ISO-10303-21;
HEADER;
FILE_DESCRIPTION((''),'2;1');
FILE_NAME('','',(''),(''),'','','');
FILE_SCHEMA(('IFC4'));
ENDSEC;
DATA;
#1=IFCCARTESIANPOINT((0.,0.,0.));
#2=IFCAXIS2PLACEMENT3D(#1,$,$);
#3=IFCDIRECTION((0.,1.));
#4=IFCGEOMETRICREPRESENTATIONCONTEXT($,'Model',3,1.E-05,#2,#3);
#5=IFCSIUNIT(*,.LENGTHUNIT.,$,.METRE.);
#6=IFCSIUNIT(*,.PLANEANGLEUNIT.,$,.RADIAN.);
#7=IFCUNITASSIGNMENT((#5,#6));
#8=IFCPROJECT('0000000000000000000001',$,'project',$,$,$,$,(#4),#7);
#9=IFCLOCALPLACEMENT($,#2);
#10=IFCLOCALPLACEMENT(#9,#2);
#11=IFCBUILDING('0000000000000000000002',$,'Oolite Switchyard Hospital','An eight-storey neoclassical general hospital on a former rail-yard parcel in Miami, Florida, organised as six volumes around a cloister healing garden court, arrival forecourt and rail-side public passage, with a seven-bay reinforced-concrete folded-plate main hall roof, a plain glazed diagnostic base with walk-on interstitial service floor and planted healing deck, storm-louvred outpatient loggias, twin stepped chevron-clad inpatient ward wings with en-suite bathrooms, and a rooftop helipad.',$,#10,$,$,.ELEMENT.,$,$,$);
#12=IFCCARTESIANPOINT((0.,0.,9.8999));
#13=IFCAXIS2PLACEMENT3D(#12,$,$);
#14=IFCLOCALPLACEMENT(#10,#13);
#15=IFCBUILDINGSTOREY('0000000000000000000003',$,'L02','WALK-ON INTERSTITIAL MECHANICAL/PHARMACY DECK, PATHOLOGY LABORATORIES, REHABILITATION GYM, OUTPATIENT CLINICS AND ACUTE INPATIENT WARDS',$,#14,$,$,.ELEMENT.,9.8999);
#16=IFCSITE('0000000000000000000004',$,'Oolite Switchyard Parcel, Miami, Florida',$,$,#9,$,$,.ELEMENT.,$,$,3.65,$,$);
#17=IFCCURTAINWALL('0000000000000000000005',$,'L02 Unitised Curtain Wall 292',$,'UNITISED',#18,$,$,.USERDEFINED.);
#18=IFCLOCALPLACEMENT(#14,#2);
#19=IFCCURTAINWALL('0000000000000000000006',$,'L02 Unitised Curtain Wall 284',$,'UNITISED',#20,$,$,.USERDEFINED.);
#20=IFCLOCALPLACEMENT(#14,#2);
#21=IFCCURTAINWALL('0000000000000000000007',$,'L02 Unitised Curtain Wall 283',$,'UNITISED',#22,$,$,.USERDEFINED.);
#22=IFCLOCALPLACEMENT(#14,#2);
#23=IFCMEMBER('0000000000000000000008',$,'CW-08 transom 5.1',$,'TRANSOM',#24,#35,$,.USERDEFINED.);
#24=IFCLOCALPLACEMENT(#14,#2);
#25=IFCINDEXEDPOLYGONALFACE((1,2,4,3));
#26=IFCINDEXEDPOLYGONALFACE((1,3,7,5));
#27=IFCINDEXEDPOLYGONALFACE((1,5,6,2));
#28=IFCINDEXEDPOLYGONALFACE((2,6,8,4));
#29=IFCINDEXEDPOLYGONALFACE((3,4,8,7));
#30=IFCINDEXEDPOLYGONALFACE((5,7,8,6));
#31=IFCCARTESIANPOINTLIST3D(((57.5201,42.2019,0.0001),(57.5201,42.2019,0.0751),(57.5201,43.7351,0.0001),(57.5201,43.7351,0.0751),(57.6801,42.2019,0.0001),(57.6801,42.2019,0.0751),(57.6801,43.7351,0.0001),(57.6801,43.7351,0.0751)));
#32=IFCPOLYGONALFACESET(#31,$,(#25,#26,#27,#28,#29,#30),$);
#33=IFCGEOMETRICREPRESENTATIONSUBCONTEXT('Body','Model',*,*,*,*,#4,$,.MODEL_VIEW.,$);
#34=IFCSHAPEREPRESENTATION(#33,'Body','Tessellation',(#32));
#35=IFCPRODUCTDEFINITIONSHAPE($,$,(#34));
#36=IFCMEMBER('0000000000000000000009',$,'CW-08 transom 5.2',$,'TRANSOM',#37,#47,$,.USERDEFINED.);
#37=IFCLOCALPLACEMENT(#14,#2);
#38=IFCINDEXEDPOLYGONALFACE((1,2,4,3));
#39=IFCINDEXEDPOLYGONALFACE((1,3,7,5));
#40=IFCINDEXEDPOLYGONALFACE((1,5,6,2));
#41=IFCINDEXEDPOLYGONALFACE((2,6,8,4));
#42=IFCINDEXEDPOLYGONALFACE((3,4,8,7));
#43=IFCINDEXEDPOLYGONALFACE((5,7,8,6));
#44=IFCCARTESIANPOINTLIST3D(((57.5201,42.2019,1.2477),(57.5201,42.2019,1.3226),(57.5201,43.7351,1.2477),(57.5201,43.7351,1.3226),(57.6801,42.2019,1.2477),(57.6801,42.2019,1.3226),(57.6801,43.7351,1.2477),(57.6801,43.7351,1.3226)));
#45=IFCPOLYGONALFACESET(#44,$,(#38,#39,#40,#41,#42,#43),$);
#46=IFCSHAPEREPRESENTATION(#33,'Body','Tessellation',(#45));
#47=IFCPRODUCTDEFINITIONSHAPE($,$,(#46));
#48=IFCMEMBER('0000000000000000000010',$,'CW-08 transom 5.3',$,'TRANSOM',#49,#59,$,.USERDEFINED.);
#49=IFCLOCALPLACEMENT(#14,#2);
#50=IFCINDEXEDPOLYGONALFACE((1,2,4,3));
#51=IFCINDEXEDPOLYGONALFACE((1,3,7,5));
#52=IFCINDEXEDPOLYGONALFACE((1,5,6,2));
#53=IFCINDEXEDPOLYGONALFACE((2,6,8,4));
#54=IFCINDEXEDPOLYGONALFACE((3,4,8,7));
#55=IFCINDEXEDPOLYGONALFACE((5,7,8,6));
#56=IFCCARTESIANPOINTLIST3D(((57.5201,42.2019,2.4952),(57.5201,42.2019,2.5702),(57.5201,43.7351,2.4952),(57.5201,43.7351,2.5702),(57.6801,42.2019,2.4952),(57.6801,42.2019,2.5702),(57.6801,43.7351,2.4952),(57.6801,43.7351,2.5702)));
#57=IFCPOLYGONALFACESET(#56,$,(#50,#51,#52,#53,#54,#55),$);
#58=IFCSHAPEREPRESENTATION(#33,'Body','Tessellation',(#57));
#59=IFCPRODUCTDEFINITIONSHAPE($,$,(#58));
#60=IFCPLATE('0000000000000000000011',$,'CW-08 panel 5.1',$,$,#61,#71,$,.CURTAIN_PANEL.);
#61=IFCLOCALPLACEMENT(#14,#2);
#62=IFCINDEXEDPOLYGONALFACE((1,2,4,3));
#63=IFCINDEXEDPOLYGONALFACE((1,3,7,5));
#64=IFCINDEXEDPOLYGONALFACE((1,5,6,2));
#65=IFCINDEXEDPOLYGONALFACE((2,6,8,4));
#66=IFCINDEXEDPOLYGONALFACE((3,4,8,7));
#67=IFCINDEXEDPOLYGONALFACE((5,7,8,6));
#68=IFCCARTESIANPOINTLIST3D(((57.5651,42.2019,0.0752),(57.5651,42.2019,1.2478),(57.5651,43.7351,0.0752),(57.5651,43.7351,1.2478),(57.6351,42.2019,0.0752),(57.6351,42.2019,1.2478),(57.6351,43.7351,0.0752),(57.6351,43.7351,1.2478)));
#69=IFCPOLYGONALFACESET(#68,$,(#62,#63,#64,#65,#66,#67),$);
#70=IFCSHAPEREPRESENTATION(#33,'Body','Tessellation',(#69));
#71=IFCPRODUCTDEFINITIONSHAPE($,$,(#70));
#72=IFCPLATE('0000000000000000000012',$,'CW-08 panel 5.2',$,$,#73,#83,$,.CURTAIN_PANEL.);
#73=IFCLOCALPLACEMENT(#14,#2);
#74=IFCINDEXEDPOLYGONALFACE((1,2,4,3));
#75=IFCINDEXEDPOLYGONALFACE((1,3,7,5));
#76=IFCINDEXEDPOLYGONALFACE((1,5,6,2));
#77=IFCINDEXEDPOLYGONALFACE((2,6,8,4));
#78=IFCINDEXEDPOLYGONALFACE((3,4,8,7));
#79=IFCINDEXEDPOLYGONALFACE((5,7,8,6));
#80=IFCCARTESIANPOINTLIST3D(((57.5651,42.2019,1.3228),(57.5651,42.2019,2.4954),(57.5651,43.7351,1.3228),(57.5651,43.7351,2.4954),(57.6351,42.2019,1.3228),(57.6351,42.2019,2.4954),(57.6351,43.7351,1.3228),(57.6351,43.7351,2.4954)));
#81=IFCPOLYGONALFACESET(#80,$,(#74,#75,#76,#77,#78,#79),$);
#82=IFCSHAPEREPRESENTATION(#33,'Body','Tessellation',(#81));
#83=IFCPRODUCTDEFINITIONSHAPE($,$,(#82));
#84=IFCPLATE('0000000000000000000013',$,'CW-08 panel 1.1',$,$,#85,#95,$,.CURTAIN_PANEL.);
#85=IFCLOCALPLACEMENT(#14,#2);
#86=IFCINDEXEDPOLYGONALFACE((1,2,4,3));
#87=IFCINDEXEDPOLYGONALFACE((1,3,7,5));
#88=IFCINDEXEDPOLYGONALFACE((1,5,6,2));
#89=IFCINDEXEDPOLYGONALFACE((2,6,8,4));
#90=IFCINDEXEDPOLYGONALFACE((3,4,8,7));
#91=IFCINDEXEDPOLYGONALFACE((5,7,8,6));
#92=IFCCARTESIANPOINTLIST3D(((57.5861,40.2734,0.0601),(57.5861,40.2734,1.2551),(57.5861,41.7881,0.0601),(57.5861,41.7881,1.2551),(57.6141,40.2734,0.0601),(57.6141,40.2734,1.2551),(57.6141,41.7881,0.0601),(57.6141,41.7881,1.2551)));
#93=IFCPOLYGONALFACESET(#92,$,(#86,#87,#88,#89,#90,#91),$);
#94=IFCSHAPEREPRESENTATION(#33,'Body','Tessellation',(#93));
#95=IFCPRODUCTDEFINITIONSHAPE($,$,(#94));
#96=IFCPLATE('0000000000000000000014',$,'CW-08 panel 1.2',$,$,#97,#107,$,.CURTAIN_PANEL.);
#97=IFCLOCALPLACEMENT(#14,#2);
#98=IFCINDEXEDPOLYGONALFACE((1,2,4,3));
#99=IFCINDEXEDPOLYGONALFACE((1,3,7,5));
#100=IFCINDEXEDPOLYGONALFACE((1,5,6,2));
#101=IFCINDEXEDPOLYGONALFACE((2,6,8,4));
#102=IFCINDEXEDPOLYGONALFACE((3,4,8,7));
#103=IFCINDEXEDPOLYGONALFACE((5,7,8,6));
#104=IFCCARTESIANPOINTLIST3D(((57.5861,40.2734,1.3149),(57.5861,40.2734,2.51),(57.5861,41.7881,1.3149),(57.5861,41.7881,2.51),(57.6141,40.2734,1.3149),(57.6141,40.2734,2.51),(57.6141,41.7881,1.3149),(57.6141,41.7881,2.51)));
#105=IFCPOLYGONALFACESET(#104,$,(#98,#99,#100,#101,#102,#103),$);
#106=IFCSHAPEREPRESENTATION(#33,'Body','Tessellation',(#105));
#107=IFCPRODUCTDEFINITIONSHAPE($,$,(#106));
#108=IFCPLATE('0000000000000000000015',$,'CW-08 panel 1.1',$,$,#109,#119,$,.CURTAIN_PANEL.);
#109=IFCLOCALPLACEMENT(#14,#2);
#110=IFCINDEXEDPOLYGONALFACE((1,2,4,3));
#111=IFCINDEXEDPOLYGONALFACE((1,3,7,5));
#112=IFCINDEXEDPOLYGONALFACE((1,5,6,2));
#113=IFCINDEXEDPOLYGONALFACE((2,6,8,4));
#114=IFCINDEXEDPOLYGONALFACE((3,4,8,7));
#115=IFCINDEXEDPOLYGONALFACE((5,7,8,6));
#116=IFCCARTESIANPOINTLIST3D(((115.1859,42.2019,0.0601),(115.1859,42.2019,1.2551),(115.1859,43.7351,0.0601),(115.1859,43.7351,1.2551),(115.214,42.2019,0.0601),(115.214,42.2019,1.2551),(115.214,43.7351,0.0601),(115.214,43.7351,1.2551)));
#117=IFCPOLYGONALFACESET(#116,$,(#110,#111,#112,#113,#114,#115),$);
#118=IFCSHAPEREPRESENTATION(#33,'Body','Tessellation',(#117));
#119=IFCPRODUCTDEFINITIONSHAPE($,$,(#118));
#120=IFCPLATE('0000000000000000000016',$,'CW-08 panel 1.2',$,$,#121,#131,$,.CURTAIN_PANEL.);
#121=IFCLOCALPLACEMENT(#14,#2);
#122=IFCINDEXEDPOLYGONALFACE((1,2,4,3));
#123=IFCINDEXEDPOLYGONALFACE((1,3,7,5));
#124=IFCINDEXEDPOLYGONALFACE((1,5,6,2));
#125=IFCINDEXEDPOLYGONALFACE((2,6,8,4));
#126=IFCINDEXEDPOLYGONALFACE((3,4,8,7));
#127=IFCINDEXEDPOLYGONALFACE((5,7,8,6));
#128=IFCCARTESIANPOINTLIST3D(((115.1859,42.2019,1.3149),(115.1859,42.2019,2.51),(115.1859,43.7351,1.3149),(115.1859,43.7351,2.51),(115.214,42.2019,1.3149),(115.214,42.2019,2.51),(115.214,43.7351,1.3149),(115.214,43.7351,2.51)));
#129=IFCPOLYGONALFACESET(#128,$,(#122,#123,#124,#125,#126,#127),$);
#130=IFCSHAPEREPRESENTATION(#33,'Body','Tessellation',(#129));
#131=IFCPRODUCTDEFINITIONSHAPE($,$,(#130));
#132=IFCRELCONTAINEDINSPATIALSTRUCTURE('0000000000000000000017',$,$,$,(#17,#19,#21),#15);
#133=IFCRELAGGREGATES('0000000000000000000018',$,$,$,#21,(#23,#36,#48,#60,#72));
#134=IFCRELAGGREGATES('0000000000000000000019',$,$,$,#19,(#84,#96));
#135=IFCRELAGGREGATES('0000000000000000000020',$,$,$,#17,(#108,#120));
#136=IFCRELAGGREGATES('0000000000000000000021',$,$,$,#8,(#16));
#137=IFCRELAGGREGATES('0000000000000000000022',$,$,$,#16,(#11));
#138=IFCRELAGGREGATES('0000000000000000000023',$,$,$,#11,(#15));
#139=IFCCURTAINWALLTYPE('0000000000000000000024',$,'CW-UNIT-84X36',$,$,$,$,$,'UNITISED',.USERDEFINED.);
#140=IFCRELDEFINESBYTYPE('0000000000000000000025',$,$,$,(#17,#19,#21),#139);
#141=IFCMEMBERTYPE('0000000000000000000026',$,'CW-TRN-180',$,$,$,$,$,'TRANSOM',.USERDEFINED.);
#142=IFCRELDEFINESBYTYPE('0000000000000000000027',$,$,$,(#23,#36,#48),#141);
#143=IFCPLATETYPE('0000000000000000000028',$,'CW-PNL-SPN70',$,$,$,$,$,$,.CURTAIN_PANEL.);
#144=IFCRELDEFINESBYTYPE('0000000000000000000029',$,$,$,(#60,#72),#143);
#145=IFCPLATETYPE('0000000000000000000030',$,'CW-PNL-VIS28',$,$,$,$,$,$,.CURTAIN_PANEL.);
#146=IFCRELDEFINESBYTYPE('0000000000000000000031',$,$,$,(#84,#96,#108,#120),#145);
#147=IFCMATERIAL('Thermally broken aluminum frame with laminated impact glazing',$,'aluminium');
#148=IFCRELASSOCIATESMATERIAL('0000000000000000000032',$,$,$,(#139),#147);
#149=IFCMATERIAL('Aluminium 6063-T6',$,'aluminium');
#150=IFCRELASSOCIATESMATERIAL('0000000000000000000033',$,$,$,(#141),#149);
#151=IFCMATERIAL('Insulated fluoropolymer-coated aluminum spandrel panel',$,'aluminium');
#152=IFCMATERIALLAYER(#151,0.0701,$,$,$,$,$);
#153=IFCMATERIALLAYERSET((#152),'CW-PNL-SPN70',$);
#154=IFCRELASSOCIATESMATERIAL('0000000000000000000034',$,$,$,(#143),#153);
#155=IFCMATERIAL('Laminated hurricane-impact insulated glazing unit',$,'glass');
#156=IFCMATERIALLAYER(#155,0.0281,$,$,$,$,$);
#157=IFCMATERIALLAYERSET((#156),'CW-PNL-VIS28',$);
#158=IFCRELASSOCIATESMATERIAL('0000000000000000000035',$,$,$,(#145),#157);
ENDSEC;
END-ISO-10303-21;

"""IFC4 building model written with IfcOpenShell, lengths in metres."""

from ifc_helpers import new_model, si_unit, direction, frame, origin, origin_2d, place, context, subcontext, project, spatial, rectangle, extrude, material, layer, layer_set, material_profile, profile_set, type_object, element, aggregate, save


model = new_model("IFC4")

# Units and contexts
model_context = context("Model", 3, precision=1e-05, world=origin(), true_north=direction((0.0, 1.0)))
body_context = subcontext(model_context, "Body", "Model", "MODEL_VIEW")
ifc_project = project(units=[si_unit("LENGTHUNIT", "METRE"), si_unit("PLANEANGLEUNIT", "RADIAN")], contexts=[model_context])

# Site, building, storey
site_placement = place(None, origin())
site = spatial("IfcSite", under=ifc_project, at=site_placement, Name="Oolite Switchyard Parcel, Miami, Florida", CompositionType="ELEMENT", RefElevation=3.65)
building_placement = place(site_placement, origin())
building = spatial("IfcBuilding", under=site, at=building_placement, Name="Oolite Switchyard Hospital", Description="An eight-storey neoclassical general hospital on a former rail-yard parcel in Miami, Florida, organised as six volumes around a cloister healing garden court, arrival forecourt and rail-side public passage, with a seven-bay reinforced-concrete folded-plate main hall roof, a plain glazed diagnostic base with walk-on interstitial service floor and planted healing deck, storm-louvred outpatient loggias, twin stepped chevron-clad inpatient ward wings with en-suite bathrooms, and a rooftop helipad.", CompositionType="ELEMENT")
storey_placement = place(building_placement, frame((0.0, 0.0, 9.8999)))
storey = spatial("IfcBuildingStorey", under=building, at=storey_placement, Name="L02", Description="WALK-ON INTERSTITIAL MECHANICAL/PHARMACY DECK, PATHOLOGY LABORATORIES, REHABILITATION GYM, OUTPATIENT CLINICS AND ACUTE INPATIENT WARDS", CompositionType="ELEMENT", Elevation=9.8999)

# Curtain walls
ifc_material_1 = material(Name="Thermally broken aluminum frame with laminated impact glazing", Category="aluminium")
curtain_wall_type = type_object("IfcCurtainWallType", Name="CW-UNIT-84X36", ElementType="UNITISED", PredefinedType="USERDEFINED", material=ifc_material_1)
curtain_wall_1_placement = place(storey_placement, origin())
curtain_wall_1 = element("IfcCurtainWall", 1, at=curtain_wall_1_placement, inside=storey, type_object=curtain_wall_type, Name="L02 Unitised Curtain Wall 292", ObjectType="UNITISED", PredefinedType="USERDEFINED")
ifc_material_2 = material(Name="Aluminium 6063-T6", Category="aluminium")
curtain_wall_2_placement = place(storey_placement, origin())
curtain_wall_2 = element("IfcCurtainWall", 2, at=curtain_wall_2_placement, inside=storey, type_object=curtain_wall_type, Name="L02 Unitised Curtain Wall 284", ObjectType="UNITISED", PredefinedType="USERDEFINED")

# Curtain wall, members, plates
curtain_wall_3_placement = place(storey_placement, origin())
curtain_wall_3 = element("IfcCurtainWall", 3, at=curtain_wall_3_placement, inside=storey, type_object=curtain_wall_type, Name="L02 Unitised Curtain Wall 283", ObjectType="UNITISED", PredefinedType="USERDEFINED")
ifc_material_profile_1 = material_profile(ifc_material_2, rectangle(XDim=0.1599, YDim=0.075, at=origin_2d()), Name="CWT75X160")
ifc_profile_set_1 = profile_set([ifc_material_profile_1], Name="Aluminium 6063-T6")
member_type_1 = type_object("IfcMemberType", Name="CW-TRN-180", ElementType="TRANSOM", PredefinedType="USERDEFINED", material=ifc_profile_set_1)
member_1_placement = place(storey_placement, frame((57.6001, 43.7351, 0.0376), z_axis=(0.0, -1.0, 0.0), x_axis=(1.0, 0.0, 0.0)))
member_1 = element("IfcMember", 4, at=member_1_placement, type_object=member_type_1, Name="CW-08 transom 5.1", ObjectType="TRANSOM", PredefinedType="USERDEFINED", context=body_context, shape_type="SweptSolid", body=[
    extrude(rectangle(XDim=0.1599, YDim=0.075, at=origin_2d()), origin(), (0.0, 0.0, 1.0), 1.5332),
])
member_2_placement = place(storey_placement, frame((57.6001, 43.7351, 1.2852), z_axis=(0.0, -1.0, 0.0), x_axis=(1.0, 0.0, 0.0)))
member_2 = element("IfcMember", 5, at=member_2_placement, type_object=member_type_1, Name="CW-08 transom 5.2", ObjectType="TRANSOM", PredefinedType="USERDEFINED", context=body_context, shape_type="SweptSolid", body=[
    extrude(rectangle(XDim=0.1599, YDim=0.075, at=origin_2d()), origin(), (0.0, 0.0, 1.0), 1.5332),
])
member_3_placement = place(storey_placement, frame((57.6001, 43.7351, 2.5327), z_axis=(0.0, -1.0, 0.0), x_axis=(1.0, 0.0, 0.0)))
member_3 = element("IfcMember", 6, at=member_3_placement, type_object=member_type_1, Name="CW-08 transom 5.3", ObjectType="TRANSOM", PredefinedType="USERDEFINED", context=body_context, shape_type="SweptSolid", body=[
    extrude(rectangle(XDim=0.1599, YDim=0.075, at=origin_2d()), origin(), (0.0, 0.0, 1.0), 1.5332),
])
ifc_material_3 = material(Name="Insulated fluoropolymer-coated aluminum spandrel panel", Category="aluminium")
ifc_layer_1 = layer(ifc_material_3, 0.0701)
ifc_layer_set_1 = layer_set([ifc_layer_1], Name="CW-PNL-SPN70")
plate_type_1 = type_object("IfcPlateType", Name="CW-PNL-SPN70", PredefinedType="CURTAIN_PANEL", material=ifc_layer_set_1)
plate_1_placement = place(storey_placement, frame((57.6001, 42.9685, 0.0752), z_axis=(0.0, 0.0, 1.0), x_axis=(0.0, -1.0, 0.0)))
plate_1 = element("IfcPlate", 7, at=plate_1_placement, type_object=plate_type_1, Name="CW-08 panel 5.1", PredefinedType="CURTAIN_PANEL", context=body_context, shape_type="SweptSolid", body=[
    extrude(rectangle(XDim=1.5332, YDim=0.0701, at=origin_2d()), origin(), (0.0, 0.0, 1.0), 1.1726),
])
plate_2_placement = place(storey_placement, frame((57.6001, 42.9685, 1.3228), z_axis=(0.0, 0.0, 1.0), x_axis=(0.0, -1.0, 0.0)))
plate_2 = element("IfcPlate", 8, at=plate_2_placement, type_object=plate_type_1, Name="CW-08 panel 5.2", PredefinedType="CURTAIN_PANEL", context=body_context, shape_type="SweptSolid", body=[
    extrude(rectangle(XDim=1.5332, YDim=0.0701, at=origin_2d()), origin(), (0.0, 0.0, 1.0), 1.1726),
])
aggregate(curtain_wall_3, [member_1, member_2, member_3, plate_1, plate_2])

# Plates
ifc_material_4 = material(Name="Laminated hurricane-impact insulated glazing unit", Category="glass")
ifc_layer_2 = layer(ifc_material_4, 0.0281)
ifc_layer_set_2 = layer_set([ifc_layer_2], Name="CW-PNL-VIS28")
plate_type_2 = type_object("IfcPlateType", Name="CW-PNL-VIS28", PredefinedType="CURTAIN_PANEL", material=ifc_layer_set_2)
plate_3_placement = place(storey_placement, frame((57.6001, 41.0308, 0.0601), z_axis=(0.0, 0.0, 1.0), x_axis=(0.0, -1.0, 0.0)))
plate_3 = element("IfcPlate", 9, at=plate_3_placement, type_object=plate_type_2, Name="CW-08 panel 1.1", PredefinedType="CURTAIN_PANEL", context=body_context, shape_type="SweptSolid", body=[
    extrude(rectangle(XDim=1.5146, YDim=0.0281, at=origin_2d()), origin(), (0.0, 0.0, 1.0), 1.1951),
])
plate_4_placement = place(storey_placement, frame((57.6001, 41.0308, 1.3149), z_axis=(0.0, 0.0, 1.0), x_axis=(0.0, -1.0, 0.0)))
plate_4 = element("IfcPlate", 10, at=plate_4_placement, type_object=plate_type_2, Name="CW-08 panel 1.2", PredefinedType="CURTAIN_PANEL", context=body_context, shape_type="SweptSolid", body=[
    extrude(rectangle(XDim=1.5146, YDim=0.0281, at=origin_2d()), origin(), (0.0, 0.0, 1.0), 1.1951),
])
aggregate(curtain_wall_2, [plate_3, plate_4])
plate_5_placement = place(storey_placement, frame((115.2, 42.9685, 0.0601), z_axis=(0.0, 0.0, 1.0), x_axis=(0.0, 1.0, 0.0)))
plate_5 = element("IfcPlate", 11, at=plate_5_placement, type_object=plate_type_2, Name="CW-08 panel 1.1", PredefinedType="CURTAIN_PANEL", context=body_context, shape_type="SweptSolid", body=[
    extrude(rectangle(XDim=1.5332, YDim=0.0281, at=origin_2d()), origin(), (0.0, 0.0, 1.0), 1.1951),
])
plate_6_placement = place(storey_placement, frame((115.2, 42.9685, 1.3149), z_axis=(0.0, 0.0, 1.0), x_axis=(0.0, 1.0, 0.0)))
plate_6 = element("IfcPlate", 12, at=plate_6_placement, type_object=plate_type_2, Name="CW-08 panel 1.2", PredefinedType="CURTAIN_PANEL", context=body_context, shape_type="SweptSolid", body=[
    extrude(rectangle(XDim=1.5332, YDim=0.0281, at=origin_2d()), origin(), (0.0, 0.0, 1.0), 1.1951),
])
aggregate(curtain_wall_1, [plate_5, plate_6])

save(model, "model.ifc")
